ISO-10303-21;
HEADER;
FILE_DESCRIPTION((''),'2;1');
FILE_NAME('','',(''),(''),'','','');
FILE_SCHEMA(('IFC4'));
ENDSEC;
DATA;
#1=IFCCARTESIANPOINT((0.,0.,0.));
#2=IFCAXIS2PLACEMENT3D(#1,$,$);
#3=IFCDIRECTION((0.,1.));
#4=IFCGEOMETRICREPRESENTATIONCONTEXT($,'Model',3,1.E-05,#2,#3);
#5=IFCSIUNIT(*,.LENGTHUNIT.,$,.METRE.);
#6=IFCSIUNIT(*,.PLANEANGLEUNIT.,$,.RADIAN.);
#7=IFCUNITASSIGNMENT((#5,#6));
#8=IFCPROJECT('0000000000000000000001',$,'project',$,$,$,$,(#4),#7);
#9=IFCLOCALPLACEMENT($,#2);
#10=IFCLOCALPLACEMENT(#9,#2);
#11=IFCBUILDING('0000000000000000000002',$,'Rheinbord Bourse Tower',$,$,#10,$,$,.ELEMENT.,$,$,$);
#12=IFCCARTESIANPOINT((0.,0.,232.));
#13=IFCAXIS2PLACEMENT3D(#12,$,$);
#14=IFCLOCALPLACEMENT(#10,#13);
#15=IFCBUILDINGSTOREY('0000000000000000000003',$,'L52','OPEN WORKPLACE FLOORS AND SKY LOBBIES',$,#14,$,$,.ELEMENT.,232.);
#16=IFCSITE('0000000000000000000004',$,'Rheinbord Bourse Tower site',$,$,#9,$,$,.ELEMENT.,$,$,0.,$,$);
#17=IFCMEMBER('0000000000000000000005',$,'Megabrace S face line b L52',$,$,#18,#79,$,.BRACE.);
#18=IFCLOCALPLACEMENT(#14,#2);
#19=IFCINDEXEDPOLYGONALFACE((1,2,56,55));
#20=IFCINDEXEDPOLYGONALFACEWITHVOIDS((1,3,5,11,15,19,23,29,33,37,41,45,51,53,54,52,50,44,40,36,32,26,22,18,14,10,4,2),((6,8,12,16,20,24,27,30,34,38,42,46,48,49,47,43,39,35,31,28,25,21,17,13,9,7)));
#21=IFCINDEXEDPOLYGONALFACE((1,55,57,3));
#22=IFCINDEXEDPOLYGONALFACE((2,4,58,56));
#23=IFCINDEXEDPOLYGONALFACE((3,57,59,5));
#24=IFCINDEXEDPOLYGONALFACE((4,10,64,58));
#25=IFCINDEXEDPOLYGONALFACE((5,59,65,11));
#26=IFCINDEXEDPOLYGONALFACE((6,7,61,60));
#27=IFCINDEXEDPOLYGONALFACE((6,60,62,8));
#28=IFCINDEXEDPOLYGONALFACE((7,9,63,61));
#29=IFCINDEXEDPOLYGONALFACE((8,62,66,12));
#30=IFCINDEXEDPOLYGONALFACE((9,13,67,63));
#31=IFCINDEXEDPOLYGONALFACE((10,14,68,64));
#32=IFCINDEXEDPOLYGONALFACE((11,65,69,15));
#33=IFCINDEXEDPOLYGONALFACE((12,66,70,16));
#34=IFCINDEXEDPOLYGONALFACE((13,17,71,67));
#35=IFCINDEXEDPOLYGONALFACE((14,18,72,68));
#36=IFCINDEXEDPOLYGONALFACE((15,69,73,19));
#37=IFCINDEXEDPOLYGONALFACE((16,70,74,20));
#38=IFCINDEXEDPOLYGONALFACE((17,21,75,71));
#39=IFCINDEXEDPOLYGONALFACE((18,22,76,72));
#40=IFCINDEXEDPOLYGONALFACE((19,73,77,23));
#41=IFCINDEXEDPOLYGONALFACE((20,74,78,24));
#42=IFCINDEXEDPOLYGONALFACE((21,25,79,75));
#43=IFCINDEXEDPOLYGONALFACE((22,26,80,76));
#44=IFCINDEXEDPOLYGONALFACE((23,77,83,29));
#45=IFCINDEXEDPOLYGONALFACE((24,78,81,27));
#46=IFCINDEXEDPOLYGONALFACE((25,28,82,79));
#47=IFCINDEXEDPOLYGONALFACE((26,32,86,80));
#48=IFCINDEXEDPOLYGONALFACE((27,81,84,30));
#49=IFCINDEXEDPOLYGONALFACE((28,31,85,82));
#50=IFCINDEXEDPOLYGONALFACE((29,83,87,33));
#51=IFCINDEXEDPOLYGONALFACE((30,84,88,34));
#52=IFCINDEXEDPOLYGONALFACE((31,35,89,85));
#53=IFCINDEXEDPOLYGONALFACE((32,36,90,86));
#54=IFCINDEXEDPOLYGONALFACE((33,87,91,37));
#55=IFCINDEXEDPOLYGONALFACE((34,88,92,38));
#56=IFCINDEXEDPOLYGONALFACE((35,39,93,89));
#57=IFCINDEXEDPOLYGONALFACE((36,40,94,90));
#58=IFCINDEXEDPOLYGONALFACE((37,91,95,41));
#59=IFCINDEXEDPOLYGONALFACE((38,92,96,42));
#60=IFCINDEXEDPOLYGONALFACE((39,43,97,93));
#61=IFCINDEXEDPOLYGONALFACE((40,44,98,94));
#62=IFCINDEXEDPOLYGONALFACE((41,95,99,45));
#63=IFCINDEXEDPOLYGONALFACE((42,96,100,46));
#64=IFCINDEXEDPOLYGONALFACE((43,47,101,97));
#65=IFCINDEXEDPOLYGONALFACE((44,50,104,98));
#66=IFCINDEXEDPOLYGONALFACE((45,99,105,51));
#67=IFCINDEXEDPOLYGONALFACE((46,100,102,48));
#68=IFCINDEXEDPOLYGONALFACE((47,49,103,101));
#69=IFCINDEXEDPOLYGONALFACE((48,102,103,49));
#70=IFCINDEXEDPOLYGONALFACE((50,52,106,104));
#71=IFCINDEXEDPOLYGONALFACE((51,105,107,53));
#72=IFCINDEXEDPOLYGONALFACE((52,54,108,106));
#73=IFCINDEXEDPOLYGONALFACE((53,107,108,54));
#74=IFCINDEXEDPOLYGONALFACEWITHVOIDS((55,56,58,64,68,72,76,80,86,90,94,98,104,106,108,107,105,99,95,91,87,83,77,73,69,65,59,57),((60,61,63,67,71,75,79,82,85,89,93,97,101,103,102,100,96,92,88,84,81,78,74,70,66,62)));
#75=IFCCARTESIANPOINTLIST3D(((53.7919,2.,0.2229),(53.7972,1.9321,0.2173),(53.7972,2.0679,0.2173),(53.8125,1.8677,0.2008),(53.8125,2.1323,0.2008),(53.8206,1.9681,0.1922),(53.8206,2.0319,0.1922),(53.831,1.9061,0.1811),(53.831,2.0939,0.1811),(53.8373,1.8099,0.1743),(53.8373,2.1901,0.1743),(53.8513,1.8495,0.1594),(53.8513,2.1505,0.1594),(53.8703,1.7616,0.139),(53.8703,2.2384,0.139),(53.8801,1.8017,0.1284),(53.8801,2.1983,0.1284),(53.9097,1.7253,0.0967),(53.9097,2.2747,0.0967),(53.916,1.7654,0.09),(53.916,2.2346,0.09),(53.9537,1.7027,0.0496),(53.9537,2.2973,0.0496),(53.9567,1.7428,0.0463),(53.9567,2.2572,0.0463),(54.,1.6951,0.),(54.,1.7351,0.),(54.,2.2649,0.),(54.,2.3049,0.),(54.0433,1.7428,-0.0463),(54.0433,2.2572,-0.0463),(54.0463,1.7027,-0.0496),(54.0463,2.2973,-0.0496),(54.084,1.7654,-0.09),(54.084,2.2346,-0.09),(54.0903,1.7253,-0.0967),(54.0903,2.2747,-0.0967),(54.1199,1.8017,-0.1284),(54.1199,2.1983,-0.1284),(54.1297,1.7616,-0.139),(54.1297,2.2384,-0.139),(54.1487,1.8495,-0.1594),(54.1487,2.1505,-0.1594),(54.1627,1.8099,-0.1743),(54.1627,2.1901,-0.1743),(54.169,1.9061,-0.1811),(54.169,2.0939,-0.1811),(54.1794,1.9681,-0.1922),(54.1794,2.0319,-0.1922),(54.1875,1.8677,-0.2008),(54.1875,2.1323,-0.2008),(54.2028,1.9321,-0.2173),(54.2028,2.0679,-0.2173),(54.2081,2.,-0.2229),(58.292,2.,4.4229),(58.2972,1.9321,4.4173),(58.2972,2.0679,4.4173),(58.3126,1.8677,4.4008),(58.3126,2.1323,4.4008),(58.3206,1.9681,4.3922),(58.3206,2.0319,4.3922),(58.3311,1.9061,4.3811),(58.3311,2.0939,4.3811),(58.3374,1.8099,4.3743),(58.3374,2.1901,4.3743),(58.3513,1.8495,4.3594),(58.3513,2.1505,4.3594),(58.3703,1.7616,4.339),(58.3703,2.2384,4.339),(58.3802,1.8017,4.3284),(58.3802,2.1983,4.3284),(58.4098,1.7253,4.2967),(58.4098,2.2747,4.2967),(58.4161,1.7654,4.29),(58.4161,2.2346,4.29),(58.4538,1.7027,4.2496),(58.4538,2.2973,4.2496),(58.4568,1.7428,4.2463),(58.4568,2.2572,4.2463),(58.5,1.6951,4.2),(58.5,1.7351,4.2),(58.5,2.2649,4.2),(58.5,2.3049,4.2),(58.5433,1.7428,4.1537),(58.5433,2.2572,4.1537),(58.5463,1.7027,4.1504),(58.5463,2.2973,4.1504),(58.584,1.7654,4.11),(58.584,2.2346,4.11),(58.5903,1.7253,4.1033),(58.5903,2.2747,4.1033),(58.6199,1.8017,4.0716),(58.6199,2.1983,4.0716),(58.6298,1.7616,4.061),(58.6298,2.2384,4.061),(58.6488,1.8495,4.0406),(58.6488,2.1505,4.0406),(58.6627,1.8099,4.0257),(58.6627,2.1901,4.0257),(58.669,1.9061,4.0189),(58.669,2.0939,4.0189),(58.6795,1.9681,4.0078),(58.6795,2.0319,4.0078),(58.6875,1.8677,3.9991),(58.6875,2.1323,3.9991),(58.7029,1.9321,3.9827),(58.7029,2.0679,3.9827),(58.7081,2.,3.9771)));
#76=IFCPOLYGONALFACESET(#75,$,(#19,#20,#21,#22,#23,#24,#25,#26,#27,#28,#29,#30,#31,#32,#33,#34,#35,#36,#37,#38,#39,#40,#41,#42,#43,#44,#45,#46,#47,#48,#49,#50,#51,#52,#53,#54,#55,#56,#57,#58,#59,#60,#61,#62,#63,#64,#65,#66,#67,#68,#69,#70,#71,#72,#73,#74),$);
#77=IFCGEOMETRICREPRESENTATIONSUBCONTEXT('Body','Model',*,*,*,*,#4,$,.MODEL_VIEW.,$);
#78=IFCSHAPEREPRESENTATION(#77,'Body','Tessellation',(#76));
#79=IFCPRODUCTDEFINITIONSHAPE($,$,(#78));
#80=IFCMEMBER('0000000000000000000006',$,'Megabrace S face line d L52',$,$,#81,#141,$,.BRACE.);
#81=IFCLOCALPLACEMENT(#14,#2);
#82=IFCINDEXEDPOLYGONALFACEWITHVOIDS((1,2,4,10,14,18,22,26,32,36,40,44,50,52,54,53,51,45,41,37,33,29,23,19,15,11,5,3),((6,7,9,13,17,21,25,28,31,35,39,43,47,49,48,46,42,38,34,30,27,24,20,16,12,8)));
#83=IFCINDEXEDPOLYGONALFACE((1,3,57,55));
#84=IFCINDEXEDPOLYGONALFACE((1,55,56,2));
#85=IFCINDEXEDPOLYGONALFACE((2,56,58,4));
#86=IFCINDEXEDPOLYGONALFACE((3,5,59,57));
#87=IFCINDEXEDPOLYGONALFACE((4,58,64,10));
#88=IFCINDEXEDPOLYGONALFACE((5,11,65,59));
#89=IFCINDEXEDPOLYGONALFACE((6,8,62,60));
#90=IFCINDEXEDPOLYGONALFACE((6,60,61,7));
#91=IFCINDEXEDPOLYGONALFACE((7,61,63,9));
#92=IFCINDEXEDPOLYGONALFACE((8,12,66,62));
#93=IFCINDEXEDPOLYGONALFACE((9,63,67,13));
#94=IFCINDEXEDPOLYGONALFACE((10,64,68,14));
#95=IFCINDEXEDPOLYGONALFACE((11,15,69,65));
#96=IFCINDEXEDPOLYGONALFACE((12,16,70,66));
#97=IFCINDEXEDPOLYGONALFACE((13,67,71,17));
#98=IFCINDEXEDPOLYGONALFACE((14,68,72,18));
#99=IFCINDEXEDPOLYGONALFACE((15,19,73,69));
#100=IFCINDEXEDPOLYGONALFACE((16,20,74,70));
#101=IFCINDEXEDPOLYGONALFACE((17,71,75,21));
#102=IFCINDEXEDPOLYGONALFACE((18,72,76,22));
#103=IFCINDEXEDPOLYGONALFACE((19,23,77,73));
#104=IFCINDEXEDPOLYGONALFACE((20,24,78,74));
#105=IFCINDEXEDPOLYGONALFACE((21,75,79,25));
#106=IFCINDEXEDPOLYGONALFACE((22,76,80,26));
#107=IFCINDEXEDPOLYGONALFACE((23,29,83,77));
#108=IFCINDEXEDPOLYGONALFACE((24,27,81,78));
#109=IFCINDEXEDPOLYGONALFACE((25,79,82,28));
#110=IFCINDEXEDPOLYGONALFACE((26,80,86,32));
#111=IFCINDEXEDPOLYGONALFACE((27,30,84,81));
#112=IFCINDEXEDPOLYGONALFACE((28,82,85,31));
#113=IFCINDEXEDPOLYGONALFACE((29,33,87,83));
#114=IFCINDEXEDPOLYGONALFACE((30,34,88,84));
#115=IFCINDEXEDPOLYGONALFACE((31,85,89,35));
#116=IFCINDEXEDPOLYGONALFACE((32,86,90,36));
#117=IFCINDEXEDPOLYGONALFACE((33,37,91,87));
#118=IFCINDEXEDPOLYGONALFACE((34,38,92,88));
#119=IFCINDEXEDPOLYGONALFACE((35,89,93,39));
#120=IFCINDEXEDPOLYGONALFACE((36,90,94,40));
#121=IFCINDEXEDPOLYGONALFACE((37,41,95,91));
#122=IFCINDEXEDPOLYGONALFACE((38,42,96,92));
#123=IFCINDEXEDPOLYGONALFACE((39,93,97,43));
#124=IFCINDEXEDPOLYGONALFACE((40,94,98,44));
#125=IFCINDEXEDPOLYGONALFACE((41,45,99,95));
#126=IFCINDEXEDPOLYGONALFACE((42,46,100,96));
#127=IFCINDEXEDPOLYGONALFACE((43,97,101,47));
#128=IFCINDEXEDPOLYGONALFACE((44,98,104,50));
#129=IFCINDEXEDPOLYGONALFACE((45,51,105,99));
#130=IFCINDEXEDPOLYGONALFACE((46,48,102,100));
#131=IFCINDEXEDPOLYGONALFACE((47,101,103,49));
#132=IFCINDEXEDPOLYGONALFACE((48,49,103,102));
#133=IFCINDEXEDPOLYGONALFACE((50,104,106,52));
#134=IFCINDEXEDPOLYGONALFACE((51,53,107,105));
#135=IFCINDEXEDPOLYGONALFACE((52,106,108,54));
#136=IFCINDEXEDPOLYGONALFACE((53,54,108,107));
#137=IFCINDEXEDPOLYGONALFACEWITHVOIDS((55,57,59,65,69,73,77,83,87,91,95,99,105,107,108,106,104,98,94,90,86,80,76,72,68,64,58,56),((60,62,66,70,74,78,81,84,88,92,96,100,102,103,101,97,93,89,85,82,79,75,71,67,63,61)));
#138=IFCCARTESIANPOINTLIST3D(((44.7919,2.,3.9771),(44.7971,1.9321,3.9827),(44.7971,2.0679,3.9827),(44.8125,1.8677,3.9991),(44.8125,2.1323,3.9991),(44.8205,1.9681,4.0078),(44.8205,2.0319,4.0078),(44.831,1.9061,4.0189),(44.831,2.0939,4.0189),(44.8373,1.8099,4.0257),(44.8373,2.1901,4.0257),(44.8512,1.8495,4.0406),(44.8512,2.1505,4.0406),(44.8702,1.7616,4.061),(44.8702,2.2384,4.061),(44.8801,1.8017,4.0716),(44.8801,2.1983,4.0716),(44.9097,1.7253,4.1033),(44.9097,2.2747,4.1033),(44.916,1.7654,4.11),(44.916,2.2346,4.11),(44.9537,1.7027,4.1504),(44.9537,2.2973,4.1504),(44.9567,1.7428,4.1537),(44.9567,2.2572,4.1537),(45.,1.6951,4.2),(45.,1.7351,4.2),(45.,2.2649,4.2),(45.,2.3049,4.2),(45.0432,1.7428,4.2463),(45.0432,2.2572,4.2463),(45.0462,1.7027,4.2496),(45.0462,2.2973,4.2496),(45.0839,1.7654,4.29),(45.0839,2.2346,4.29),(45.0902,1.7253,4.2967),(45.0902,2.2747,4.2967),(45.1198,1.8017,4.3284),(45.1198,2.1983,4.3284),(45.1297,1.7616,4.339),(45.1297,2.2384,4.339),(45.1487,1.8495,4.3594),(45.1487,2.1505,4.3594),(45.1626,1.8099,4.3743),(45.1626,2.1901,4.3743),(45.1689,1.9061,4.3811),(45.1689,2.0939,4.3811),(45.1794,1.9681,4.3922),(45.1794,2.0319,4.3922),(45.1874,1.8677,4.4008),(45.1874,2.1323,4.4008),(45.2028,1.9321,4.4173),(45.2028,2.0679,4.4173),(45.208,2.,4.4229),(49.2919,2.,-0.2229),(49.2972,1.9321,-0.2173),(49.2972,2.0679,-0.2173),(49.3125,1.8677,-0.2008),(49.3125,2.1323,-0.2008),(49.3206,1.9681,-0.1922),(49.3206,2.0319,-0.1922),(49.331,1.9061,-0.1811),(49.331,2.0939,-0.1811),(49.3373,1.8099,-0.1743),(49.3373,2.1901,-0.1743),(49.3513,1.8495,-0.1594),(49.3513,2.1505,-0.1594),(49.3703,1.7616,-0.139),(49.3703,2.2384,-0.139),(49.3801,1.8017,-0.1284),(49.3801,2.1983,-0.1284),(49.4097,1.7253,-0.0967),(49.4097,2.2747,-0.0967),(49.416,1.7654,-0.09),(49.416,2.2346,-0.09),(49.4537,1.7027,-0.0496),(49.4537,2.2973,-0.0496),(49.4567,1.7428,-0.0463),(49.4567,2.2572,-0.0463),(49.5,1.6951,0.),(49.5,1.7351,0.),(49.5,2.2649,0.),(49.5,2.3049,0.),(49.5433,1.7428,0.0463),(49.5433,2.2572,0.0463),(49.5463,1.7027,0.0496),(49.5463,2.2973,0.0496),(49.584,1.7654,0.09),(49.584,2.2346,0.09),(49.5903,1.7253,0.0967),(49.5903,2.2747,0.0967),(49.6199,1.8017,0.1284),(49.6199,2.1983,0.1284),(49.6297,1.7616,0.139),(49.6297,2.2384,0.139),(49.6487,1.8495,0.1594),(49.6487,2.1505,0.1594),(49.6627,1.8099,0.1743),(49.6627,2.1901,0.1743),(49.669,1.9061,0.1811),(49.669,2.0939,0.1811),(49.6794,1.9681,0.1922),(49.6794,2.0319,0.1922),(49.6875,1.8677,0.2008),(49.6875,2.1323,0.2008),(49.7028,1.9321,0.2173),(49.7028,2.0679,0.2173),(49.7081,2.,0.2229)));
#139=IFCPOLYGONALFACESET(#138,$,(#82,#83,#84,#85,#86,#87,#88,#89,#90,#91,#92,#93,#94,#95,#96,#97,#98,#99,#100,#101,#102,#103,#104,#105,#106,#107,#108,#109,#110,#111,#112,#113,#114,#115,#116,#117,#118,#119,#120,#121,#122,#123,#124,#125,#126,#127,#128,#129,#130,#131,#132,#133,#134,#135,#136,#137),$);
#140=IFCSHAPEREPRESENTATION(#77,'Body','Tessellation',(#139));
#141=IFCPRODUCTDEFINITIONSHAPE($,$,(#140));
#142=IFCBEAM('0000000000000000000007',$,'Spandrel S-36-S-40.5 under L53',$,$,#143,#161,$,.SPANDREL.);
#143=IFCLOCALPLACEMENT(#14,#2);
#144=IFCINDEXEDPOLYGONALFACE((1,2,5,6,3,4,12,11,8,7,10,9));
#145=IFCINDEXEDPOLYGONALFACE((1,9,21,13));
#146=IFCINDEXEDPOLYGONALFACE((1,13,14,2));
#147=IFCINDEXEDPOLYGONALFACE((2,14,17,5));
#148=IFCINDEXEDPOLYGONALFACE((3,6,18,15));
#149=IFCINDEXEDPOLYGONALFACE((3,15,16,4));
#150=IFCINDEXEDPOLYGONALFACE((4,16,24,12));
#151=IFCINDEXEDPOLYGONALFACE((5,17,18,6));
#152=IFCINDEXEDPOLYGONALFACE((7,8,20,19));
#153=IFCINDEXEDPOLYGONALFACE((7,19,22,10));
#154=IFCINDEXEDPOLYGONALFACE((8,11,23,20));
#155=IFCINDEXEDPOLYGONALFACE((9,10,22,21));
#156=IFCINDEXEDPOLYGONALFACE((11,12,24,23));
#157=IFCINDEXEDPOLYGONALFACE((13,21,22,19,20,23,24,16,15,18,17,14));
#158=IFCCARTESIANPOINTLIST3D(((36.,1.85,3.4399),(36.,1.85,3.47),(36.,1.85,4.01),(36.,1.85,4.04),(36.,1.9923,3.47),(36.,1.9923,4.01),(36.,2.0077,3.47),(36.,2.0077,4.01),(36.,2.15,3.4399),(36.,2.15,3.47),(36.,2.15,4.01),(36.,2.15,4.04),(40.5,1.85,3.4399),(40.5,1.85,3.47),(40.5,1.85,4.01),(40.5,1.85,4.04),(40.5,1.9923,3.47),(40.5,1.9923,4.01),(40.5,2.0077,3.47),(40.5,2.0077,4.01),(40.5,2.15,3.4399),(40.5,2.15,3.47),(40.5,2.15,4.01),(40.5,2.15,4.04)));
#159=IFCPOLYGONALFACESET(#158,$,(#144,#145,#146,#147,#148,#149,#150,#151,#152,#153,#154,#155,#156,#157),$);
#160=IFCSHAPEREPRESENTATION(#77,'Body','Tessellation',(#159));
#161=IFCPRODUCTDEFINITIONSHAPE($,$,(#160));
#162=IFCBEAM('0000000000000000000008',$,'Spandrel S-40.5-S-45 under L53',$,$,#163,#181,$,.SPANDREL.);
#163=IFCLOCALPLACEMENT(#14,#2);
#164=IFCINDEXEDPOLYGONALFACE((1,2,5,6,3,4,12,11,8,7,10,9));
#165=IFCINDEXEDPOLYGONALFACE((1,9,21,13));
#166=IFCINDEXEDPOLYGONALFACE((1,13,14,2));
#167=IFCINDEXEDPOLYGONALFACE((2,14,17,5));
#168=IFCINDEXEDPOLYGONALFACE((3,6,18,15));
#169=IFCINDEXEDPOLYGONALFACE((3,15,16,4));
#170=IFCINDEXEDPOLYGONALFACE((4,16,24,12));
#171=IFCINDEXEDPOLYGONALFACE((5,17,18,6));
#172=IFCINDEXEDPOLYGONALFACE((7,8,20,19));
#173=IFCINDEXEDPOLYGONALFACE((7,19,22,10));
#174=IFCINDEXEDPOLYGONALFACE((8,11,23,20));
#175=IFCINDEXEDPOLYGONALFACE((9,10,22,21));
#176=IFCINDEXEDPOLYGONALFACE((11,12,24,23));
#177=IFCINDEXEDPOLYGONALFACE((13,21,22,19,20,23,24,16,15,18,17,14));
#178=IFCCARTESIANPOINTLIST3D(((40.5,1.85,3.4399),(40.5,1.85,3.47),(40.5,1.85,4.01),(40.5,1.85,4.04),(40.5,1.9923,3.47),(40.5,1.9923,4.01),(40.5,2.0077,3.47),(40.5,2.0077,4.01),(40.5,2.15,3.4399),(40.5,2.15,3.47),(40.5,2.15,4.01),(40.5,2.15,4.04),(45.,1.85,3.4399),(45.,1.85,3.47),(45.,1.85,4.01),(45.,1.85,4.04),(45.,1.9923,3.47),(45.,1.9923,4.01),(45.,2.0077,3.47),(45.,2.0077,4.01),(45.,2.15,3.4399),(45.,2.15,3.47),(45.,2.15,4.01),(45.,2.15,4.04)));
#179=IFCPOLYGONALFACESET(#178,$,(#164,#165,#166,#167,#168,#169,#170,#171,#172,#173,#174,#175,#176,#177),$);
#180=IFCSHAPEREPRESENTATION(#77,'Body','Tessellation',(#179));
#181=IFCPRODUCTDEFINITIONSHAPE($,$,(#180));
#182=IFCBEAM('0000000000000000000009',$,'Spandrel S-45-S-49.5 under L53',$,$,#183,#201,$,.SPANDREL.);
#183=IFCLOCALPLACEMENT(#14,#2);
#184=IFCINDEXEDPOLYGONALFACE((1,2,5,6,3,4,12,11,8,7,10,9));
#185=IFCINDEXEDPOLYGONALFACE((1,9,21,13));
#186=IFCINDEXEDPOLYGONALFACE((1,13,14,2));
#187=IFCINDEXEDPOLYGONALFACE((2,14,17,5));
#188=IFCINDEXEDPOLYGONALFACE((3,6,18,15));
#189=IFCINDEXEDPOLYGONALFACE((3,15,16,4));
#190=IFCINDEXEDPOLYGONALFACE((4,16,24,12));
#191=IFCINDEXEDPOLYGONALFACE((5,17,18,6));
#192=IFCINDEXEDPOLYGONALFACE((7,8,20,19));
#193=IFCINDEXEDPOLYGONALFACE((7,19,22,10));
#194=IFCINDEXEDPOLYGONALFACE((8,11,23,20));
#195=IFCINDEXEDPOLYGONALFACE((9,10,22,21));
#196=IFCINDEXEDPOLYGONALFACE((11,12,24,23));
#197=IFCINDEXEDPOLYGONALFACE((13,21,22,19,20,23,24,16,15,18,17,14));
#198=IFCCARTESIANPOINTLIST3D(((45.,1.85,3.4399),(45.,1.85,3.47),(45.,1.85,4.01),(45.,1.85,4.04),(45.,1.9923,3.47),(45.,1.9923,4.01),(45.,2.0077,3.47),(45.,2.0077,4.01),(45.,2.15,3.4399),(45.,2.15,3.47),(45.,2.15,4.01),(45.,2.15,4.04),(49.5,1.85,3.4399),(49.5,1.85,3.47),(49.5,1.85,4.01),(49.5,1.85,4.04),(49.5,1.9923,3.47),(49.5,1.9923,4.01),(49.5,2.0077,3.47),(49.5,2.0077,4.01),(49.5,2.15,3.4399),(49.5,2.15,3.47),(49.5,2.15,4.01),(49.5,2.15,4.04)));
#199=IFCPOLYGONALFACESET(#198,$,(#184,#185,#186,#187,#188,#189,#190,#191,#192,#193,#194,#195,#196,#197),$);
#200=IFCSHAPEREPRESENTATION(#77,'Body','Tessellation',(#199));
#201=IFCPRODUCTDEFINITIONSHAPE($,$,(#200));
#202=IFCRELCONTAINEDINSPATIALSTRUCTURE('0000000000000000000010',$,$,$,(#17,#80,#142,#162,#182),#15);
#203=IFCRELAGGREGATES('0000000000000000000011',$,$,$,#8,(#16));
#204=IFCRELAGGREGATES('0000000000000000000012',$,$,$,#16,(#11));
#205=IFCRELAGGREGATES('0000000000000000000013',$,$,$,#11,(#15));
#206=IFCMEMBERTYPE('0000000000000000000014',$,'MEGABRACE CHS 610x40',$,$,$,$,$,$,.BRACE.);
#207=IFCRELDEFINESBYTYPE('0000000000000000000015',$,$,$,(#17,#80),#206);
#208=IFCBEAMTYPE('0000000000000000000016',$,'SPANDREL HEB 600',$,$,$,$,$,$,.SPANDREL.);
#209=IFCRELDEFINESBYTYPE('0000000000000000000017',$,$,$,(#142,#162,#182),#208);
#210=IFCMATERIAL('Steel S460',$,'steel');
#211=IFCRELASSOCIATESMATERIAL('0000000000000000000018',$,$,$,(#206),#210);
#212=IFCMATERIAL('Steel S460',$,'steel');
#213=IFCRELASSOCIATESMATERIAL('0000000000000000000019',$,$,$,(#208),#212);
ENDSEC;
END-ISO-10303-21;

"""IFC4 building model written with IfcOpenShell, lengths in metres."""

from ifc_helpers import new_model, si_unit, direction, frame, origin, origin_2d, place, context, subcontext, project, spatial, hollow_circle, i_section, extrude, material, material_profile, profile_set, type_object, element, save


model = new_model("IFC4")

# Units and contexts
model_context = context("Model", 3, precision=1e-05, world=origin(), true_north=direction((0.0, 1.0)))
body_context = subcontext(model_context, "Body", "Model", "MODEL_VIEW")
ifc_project = project(units=[si_unit("LENGTHUNIT", "METRE"), si_unit("PLANEANGLEUNIT", "RADIAN")], contexts=[model_context])

# Site, building, storey
site_placement = place(None, origin())
site = spatial("IfcSite", under=ifc_project, at=site_placement, Name="Rheinbord Bourse Tower site", CompositionType="ELEMENT", RefElevation=0.0)
building_placement = place(site_placement, origin())
building = spatial("IfcBuilding", under=site, at=building_placement, Name="Rheinbord Bourse Tower", CompositionType="ELEMENT")
storey_placement = place(building_placement, frame((0.0, 0.0, 232.0)))
storey = spatial("IfcBuildingStorey", under=building, at=storey_placement, Name="L52", Description="OPEN WORKPLACE FLOORS AND SKY LOBBIES", CompositionType="ELEMENT", Elevation=232.0)

# Members
ifc_material_1 = material(Name="Steel S460", Category="steel")
ifc_material_profile_1 = material_profile(ifc_material_1, hollow_circle(Radius=0.3049, WallThickness=0.04, at=origin_2d()), Name="CHS 610x40")
ifc_profile_set_1 = profile_set([ifc_material_profile_1], Name="Steel S460")
member_type_1 = type_object("IfcMemberType", Name="MEGABRACE CHS 610x40", PredefinedType="BRACE", material=ifc_profile_set_1)
for number, where, z_axis, x_axis, name in (
    (1, (54.0, 2.0, 0.0), (0.731059, 0.0, 0.682314), (0.0, 1.0, 0.0), "Megabrace S face line b L52"),
    (2, (49.5, 2.0, 0.0), (-0.731059, 0.0, 0.682314), (0.0, -1.0, 0.0), "Megabrace S face line d L52"),
):
    element("IfcMember", number, at=place(storey_placement, frame(where, z_axis=z_axis, x_axis=x_axis)), inside=storey, type_object=member_type_1, Name=name, PredefinedType="BRACE", context=body_context, shape_type="SweptSolid", body=[
        extrude(hollow_circle(Radius=0.3049, WallThickness=0.04, at=origin_2d()), origin(), (0.0, 0.0, 1.0), 6.1555),
    ])

# Beams
ifc_material_2 = material(Name="Steel S460", Category="steel")
ifc_material_profile_2 = material_profile(ifc_material_2, i_section(OverallWidth=0.3, OverallDepth=0.6001, WebThickness=0.0154, FlangeThickness=0.03, at=origin_2d()), Name="HEB 600")
ifc_profile_set_2 = profile_set([ifc_material_profile_2], Name="Steel S460")
beam_type_1 = type_object("IfcBeamType", Name="SPANDREL HEB 600", PredefinedType="SPANDREL", material=ifc_profile_set_2)
for number, where, z_axis, x_axis, name in (
    (3, (36.0, 2.0, 3.74), (1.0, 0.0, 0.0), (0.0, 1.0, 0.0), "Spandrel S-36-S-40.5 under L53"),
    (4, (40.5, 2.0, 3.74), (1.0, 0.0, 0.0), (0.0, 1.0, 0.0), "Spandrel S-40.5-S-45 under L53"),
    (5, (45.0, 2.0, 3.74), (1.0, 0.0, 0.0), (0.0, 1.0, 0.0), "Spandrel S-45-S-49.5 under L53"),
):
    element("IfcBeam", number, at=place(storey_placement, frame(where, z_axis=z_axis, x_axis=x_axis)), inside=storey, type_object=beam_type_1, Name=name, PredefinedType="SPANDREL", context=body_context, shape_type="SweptSolid", body=[
        extrude(i_section(OverallWidth=0.3, OverallDepth=0.6001, WebThickness=0.0154, FlangeThickness=0.03, at=origin_2d()), origin(), (0.0, 0.0, 1.0), 4.5),
    ])

save(model, "model.ifc")
